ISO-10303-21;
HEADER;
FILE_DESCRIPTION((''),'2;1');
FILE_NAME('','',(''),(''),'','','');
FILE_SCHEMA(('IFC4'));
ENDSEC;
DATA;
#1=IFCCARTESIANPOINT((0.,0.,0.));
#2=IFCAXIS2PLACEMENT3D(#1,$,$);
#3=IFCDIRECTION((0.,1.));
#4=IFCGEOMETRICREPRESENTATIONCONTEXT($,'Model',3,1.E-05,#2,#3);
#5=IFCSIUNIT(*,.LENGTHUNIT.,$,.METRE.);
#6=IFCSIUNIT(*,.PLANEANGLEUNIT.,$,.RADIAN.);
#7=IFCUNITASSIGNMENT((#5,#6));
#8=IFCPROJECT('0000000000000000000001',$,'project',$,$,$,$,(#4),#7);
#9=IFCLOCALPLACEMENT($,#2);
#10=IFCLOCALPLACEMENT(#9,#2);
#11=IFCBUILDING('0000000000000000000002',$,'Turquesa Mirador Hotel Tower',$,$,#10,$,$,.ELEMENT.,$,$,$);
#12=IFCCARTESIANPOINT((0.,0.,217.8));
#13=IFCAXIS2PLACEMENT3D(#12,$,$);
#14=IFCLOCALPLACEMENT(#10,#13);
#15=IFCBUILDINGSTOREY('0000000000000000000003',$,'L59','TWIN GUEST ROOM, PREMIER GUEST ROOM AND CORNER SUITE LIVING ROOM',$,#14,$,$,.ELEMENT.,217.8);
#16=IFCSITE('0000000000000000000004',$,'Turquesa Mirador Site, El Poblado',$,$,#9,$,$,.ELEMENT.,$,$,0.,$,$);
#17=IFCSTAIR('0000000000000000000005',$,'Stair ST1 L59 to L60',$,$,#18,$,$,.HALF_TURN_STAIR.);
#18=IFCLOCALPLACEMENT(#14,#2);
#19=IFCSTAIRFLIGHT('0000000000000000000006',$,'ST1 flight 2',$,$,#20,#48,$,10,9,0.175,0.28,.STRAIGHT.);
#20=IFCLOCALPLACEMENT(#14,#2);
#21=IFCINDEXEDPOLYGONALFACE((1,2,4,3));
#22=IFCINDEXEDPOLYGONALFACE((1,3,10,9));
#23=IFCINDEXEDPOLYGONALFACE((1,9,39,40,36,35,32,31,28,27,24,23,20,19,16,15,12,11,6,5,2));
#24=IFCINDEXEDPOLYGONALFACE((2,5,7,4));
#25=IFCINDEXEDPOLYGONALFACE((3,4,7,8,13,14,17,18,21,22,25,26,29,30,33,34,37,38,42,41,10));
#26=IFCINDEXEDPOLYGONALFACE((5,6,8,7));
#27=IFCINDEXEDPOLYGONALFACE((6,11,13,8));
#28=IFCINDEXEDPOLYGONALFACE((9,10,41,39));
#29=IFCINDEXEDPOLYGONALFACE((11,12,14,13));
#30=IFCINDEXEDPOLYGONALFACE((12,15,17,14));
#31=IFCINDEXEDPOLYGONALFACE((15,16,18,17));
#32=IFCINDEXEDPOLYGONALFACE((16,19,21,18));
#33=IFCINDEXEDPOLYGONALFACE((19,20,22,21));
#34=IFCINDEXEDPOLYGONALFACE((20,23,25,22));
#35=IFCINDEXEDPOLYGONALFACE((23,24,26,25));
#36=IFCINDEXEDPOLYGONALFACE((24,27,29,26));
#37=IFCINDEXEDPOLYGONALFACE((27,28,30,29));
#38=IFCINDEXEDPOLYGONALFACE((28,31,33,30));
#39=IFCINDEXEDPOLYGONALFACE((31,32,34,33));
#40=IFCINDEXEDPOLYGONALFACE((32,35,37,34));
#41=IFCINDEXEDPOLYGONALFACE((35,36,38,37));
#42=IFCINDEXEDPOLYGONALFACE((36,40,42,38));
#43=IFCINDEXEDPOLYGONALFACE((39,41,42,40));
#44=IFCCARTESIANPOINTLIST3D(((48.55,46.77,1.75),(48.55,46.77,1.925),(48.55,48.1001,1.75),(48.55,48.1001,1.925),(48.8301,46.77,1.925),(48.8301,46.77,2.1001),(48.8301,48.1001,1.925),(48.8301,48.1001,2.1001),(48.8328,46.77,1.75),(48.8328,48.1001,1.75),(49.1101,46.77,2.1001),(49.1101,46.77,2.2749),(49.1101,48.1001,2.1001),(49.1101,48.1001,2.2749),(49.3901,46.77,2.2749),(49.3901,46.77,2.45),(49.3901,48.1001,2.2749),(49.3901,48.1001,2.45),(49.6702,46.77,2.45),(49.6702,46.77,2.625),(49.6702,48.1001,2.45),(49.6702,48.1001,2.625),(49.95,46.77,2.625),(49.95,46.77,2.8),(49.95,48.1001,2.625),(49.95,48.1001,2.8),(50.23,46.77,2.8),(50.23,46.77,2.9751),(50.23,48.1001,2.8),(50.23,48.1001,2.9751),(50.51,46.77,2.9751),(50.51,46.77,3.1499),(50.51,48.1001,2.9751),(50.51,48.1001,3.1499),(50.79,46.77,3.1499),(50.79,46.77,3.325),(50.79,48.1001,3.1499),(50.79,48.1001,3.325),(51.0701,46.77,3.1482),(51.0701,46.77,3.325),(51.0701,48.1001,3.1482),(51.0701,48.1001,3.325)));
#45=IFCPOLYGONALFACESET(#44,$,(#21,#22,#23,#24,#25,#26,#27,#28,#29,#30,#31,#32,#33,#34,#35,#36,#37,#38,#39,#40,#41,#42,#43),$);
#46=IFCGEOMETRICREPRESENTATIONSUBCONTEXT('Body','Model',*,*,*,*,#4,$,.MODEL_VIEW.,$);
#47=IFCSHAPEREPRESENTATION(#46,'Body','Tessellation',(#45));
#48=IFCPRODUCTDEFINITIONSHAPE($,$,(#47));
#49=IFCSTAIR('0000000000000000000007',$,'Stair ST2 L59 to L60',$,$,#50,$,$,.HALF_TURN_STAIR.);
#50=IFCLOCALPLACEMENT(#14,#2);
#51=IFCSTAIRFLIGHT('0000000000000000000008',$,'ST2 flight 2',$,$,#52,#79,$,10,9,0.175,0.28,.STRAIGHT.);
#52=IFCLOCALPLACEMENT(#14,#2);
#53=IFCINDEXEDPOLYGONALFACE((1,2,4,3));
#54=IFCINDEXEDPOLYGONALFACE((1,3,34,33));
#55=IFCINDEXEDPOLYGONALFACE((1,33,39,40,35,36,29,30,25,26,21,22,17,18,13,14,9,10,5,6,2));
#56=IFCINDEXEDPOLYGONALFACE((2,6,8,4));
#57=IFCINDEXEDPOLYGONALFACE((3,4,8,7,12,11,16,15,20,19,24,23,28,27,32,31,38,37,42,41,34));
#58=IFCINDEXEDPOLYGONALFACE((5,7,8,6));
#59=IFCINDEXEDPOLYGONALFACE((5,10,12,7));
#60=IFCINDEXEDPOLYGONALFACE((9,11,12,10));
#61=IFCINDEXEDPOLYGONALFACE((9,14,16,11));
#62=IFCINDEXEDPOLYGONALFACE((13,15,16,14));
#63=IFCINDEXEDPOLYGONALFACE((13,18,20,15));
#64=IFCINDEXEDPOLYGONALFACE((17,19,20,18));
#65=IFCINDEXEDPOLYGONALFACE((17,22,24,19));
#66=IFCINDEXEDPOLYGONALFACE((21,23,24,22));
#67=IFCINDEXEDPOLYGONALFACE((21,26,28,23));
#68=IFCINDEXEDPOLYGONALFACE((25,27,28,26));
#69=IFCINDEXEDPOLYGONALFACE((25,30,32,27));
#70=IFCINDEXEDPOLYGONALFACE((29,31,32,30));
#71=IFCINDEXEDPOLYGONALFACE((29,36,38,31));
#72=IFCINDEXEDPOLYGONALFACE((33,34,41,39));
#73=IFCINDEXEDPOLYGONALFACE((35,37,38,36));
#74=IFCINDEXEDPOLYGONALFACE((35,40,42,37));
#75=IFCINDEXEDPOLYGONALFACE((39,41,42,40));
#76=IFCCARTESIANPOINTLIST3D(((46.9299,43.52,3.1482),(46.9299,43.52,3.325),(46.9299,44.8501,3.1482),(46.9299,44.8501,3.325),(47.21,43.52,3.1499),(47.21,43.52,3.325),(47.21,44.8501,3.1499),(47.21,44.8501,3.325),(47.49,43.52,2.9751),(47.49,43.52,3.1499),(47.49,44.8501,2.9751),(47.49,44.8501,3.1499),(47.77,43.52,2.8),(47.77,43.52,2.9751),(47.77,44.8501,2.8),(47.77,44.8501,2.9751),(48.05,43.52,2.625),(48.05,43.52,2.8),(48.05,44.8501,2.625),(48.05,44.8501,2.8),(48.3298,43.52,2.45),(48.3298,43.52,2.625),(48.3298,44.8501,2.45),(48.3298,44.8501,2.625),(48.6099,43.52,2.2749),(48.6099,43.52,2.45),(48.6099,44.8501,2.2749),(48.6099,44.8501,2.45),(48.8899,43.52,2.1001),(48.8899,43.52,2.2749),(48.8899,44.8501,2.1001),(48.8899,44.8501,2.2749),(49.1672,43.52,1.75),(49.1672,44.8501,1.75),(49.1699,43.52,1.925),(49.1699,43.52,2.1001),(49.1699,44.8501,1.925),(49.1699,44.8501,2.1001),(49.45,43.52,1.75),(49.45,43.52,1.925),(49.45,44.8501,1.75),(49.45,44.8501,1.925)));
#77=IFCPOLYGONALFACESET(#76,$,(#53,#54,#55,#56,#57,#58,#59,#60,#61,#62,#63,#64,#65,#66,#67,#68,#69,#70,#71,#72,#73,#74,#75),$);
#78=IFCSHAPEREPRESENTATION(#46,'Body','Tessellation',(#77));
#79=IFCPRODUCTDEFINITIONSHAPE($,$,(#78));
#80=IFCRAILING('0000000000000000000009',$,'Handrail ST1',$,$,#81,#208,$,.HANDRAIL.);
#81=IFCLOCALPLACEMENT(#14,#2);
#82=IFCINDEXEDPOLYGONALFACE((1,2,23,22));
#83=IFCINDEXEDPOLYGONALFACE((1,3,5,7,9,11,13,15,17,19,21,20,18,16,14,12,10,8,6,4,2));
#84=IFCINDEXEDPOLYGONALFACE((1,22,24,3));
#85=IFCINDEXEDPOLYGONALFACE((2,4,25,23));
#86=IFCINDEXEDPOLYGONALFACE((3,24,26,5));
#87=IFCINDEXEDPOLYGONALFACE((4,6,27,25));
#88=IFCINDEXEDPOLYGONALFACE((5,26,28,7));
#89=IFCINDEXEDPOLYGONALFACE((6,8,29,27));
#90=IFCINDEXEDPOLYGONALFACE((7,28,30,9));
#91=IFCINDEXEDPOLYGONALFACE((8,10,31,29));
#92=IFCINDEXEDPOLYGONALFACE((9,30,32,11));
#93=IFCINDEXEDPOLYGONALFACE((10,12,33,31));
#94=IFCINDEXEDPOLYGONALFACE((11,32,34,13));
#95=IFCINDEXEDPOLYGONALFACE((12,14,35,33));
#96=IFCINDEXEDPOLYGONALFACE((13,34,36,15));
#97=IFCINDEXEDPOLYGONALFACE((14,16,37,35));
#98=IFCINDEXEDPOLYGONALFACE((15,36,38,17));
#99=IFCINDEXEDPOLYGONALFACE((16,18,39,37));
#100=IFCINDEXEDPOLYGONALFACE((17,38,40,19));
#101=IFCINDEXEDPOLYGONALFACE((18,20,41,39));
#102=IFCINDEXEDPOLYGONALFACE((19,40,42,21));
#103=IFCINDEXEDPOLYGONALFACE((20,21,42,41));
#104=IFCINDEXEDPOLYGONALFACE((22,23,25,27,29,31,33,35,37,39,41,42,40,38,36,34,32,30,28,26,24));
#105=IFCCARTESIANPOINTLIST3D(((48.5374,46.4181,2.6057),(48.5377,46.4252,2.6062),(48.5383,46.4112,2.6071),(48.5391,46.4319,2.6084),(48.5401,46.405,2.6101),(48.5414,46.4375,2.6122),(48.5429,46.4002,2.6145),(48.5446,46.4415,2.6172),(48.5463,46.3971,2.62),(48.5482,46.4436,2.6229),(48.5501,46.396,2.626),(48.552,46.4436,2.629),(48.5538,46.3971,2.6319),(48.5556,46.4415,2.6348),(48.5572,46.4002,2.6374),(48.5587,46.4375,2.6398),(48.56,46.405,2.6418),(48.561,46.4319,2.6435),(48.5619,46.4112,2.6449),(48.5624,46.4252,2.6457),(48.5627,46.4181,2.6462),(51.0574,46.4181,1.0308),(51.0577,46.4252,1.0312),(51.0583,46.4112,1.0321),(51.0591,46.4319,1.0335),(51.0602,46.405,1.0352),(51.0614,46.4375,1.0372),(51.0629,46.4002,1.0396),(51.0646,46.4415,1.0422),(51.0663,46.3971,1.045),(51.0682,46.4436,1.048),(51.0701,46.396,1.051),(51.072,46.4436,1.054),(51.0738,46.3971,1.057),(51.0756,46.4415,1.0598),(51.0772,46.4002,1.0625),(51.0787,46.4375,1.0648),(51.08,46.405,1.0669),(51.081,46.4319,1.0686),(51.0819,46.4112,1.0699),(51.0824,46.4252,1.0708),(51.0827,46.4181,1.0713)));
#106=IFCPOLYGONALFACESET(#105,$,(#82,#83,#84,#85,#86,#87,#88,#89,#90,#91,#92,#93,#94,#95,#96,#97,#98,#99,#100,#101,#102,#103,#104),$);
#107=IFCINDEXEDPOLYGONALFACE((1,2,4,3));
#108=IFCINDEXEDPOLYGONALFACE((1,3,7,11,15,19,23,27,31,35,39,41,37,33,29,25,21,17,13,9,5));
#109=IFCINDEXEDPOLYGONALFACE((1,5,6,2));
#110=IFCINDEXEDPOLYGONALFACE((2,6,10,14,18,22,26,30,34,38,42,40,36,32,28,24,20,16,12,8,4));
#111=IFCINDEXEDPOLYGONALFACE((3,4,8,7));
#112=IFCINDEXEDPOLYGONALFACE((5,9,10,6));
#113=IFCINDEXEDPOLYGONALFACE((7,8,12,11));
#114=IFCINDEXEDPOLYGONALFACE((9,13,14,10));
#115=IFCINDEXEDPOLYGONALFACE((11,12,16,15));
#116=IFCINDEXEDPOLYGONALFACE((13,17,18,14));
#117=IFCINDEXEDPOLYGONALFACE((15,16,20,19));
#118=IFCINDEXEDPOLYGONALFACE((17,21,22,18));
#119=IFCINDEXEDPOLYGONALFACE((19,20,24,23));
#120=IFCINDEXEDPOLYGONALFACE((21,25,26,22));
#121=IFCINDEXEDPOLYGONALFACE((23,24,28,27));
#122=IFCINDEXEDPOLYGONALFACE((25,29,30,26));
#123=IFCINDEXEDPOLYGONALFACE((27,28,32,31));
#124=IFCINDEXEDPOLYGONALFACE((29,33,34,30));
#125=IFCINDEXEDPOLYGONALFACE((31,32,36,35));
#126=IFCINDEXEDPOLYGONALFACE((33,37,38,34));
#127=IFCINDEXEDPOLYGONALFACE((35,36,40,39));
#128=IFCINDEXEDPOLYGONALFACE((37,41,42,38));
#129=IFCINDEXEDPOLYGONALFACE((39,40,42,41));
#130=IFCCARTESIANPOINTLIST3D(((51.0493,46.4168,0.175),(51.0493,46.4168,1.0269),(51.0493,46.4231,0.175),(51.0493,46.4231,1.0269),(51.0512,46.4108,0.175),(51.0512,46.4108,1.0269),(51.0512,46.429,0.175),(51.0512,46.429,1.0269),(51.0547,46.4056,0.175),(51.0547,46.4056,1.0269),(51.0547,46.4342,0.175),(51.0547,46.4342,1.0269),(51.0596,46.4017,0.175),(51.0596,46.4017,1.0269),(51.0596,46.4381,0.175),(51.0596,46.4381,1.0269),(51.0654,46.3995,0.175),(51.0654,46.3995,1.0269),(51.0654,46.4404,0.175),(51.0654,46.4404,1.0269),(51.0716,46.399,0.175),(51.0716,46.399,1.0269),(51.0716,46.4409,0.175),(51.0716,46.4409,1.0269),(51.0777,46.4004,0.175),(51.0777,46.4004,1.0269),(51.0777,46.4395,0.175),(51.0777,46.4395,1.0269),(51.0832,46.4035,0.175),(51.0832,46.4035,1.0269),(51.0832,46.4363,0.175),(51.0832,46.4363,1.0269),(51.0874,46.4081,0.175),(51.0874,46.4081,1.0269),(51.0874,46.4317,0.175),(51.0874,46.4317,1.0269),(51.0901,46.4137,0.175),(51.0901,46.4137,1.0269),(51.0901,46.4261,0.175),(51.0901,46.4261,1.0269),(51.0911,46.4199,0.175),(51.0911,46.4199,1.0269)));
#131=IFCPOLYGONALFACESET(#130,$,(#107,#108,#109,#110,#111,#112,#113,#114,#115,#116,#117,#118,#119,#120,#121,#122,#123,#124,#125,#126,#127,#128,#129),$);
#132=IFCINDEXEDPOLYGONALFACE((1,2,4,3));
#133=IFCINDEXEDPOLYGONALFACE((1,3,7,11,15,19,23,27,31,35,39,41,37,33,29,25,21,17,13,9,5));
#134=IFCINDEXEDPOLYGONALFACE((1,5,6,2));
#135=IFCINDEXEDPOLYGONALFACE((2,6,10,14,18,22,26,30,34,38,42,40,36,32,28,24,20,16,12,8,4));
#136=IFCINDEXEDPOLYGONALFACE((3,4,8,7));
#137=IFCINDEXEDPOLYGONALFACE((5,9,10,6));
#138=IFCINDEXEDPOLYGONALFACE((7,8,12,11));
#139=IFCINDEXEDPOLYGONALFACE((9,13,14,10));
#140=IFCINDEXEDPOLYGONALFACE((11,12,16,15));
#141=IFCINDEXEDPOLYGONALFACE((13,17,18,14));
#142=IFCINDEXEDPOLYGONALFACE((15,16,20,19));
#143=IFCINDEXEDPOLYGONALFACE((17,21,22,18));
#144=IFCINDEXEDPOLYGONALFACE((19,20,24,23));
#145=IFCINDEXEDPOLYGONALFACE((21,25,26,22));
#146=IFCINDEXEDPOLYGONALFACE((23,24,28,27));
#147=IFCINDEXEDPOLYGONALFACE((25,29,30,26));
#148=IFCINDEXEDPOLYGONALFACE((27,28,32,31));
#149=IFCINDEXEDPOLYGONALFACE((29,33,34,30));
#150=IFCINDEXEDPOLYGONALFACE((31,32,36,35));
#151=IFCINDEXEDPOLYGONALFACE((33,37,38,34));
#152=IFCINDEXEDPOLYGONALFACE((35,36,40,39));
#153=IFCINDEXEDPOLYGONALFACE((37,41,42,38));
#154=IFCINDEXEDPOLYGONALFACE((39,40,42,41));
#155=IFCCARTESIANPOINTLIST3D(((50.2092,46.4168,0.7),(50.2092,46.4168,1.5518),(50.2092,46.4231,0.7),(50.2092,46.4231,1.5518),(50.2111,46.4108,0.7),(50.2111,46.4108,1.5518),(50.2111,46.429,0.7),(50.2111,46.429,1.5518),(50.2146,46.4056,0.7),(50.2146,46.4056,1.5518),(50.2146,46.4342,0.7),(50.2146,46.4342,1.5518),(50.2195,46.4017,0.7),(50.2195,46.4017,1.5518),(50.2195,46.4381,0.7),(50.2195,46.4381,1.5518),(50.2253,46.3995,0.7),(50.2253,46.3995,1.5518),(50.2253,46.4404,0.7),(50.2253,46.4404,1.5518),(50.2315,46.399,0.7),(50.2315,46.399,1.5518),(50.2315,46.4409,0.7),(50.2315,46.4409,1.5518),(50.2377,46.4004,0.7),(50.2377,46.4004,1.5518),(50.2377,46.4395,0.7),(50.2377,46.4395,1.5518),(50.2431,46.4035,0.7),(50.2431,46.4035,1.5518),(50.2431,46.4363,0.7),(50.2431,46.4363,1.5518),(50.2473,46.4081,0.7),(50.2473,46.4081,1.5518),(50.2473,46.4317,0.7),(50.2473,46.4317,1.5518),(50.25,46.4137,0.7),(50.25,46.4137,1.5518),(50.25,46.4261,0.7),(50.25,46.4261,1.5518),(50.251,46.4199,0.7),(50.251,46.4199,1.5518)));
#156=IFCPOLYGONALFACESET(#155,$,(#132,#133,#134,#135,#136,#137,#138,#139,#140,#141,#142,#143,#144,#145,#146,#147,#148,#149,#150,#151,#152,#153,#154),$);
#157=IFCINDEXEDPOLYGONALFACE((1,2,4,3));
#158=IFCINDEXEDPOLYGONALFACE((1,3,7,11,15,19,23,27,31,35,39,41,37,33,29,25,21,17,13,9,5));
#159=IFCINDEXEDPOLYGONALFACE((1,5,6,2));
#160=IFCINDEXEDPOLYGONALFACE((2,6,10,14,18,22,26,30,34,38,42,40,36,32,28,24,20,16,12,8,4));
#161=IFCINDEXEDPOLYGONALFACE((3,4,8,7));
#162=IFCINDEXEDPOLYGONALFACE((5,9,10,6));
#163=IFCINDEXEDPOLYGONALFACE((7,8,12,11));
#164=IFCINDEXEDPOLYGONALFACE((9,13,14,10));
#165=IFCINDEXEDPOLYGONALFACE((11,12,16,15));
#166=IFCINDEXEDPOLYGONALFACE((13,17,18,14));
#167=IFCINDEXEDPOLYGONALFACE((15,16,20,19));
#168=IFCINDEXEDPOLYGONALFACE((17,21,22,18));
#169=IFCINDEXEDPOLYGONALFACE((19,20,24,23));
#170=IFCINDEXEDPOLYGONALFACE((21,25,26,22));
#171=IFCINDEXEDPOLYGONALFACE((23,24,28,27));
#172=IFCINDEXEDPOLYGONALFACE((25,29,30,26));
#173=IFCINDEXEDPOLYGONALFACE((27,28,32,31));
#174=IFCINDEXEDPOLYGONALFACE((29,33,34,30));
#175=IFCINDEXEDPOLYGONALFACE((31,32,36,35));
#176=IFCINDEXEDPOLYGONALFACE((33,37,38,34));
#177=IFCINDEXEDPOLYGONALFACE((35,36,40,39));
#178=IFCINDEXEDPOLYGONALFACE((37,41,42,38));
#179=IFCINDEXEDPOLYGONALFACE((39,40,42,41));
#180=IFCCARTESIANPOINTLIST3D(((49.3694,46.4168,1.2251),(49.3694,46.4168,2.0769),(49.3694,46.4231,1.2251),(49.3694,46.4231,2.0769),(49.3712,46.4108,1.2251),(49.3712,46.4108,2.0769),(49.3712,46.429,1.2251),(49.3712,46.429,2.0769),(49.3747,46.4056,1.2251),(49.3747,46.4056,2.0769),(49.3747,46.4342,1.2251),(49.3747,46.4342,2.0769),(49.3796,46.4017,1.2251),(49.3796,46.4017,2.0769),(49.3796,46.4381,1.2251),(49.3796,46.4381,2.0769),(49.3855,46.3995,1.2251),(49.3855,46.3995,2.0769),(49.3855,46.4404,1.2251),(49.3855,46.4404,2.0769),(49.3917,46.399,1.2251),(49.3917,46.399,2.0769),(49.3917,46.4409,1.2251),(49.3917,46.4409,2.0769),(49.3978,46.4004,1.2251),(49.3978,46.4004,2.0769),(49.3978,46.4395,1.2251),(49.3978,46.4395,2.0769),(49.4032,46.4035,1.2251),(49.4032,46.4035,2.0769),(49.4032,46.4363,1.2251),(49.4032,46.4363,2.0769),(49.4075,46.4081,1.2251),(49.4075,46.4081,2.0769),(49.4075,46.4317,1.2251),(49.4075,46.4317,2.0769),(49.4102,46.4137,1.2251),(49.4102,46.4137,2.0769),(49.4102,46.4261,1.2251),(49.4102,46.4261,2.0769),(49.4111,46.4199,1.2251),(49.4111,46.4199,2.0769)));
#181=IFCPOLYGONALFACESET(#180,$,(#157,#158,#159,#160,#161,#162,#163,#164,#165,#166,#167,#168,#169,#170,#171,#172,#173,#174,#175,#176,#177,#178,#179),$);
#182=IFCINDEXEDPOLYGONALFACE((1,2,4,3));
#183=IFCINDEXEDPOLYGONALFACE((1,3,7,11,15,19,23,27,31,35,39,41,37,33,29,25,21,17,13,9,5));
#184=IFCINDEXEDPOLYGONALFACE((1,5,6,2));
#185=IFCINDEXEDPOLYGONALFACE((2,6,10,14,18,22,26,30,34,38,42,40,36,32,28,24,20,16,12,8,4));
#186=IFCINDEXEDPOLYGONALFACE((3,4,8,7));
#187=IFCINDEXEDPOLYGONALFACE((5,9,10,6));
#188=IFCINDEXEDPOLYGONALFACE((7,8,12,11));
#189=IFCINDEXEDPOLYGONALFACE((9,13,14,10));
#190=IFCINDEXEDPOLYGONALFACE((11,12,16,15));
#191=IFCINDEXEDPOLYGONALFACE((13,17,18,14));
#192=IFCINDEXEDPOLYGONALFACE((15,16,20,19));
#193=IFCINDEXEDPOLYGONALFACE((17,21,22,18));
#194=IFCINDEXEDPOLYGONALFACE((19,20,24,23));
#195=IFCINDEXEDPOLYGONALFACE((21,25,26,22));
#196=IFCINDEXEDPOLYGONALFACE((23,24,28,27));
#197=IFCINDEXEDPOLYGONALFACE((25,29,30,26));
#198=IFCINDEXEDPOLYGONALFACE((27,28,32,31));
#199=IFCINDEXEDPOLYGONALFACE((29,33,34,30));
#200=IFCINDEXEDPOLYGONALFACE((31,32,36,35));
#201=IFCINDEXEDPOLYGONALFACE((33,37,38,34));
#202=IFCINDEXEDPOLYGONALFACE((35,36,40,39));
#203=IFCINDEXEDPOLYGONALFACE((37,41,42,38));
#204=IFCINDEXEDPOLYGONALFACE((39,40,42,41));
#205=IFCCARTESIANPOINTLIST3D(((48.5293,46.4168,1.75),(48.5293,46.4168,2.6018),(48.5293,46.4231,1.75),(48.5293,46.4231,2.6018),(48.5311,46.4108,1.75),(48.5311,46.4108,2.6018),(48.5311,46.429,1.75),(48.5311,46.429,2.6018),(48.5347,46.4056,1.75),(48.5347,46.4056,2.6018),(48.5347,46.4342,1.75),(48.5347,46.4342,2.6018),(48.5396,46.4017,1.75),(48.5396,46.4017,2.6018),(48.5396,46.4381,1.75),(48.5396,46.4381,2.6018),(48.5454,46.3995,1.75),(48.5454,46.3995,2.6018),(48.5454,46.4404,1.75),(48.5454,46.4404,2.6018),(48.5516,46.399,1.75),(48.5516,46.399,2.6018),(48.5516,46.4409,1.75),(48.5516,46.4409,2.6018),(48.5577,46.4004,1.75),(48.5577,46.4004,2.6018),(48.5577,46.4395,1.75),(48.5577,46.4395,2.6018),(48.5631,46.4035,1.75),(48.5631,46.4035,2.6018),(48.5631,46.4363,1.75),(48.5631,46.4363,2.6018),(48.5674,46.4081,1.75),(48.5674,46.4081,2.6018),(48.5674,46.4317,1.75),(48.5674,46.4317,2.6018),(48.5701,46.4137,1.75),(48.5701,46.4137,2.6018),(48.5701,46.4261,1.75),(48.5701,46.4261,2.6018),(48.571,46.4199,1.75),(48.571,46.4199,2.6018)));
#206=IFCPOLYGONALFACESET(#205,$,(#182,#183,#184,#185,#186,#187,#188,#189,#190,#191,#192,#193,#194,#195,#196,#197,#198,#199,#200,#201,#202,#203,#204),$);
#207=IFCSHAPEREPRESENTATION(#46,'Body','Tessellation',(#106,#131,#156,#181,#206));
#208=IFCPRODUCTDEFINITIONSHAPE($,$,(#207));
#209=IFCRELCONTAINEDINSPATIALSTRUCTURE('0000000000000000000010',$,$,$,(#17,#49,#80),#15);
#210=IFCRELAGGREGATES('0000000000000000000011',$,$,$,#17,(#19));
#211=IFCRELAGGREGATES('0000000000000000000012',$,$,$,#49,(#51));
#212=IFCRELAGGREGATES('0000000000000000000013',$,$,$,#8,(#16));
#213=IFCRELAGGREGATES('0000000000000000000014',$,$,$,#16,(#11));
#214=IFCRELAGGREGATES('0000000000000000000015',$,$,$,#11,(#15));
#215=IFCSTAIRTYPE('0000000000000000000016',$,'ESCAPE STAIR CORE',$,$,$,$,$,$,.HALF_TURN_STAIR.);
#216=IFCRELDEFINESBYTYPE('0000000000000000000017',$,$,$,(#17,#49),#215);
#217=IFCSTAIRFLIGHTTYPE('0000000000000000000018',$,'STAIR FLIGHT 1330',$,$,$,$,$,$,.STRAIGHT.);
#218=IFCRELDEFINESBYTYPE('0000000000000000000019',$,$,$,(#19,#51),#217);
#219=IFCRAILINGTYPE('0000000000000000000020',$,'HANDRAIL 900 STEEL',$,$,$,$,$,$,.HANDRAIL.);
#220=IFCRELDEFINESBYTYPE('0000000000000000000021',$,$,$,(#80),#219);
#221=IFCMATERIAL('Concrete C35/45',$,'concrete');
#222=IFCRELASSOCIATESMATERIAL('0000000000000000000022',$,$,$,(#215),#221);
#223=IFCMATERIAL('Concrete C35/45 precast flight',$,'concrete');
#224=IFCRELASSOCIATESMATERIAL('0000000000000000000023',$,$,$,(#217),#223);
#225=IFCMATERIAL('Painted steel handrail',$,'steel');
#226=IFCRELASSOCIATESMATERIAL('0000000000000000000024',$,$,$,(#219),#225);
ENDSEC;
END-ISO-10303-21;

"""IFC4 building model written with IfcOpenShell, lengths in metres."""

from ifc_helpers import new_model, si_unit, direction, frame, origin, origin_2d, place, context, subcontext, project, spatial, polyline, circle, outline, extrude, material, type_object, element, aggregate, save


model = new_model("IFC4")

# Units and contexts
model_context = context("Model", 3, precision=1e-05, world=origin(), true_north=direction((0.0, 1.0)))
body_context = subcontext(model_context, "Body", "Model", "MODEL_VIEW")
ifc_project = project(units=[si_unit("LENGTHUNIT", "METRE"), si_unit("PLANEANGLEUNIT", "RADIAN")], contexts=[model_context])

# Site, building, storey
site_placement = place(None, origin())
site = spatial("IfcSite", under=ifc_project, at=site_placement, Name="Turquesa Mirador Site, El Poblado", CompositionType="ELEMENT", RefElevation=0.0)
building_placement = place(site_placement, origin())
building = spatial("IfcBuilding", under=site, at=building_placement, Name="Turquesa Mirador Hotel Tower", CompositionType="ELEMENT")
storey_placement = place(building_placement, frame((0.0, 0.0, 217.8)))
storey = spatial("IfcBuildingStorey", under=building, at=storey_placement, Name="L59", Description="TWIN GUEST ROOM, PREMIER GUEST ROOM AND CORNER SUITE LIVING ROOM", CompositionType="ELEMENT", Elevation=217.8)

# Stair, stair flight
ifc_material_1 = material(Name="Concrete C35/45", Category="concrete")
stair_type = type_object("IfcStairType", Name="ESCAPE STAIR CORE", PredefinedType="HALF_TURN_STAIR", material=ifc_material_1)
stair_1_placement = place(storey_placement, origin())
stair_1 = element("IfcStair", 1, at=stair_1_placement, inside=storey, type_object=stair_type, Name="Stair ST1 L59 to L60", PredefinedType="HALF_TURN_STAIR")
ifc_material_2 = material(Name="Concrete C35/45 precast flight", Category="concrete")
stair_flight_type = type_object("IfcStairFlightType", Name="STAIR FLIGHT 1330", PredefinedType="STRAIGHT", material=ifc_material_2)
stair_flight_1_placement = place(storey_placement, frame((48.55, 47.4351, 1.75), z_axis=(0.0, 0.0, 1.0), x_axis=(1.0, 0.0, 0.0)))
stair_flight_1 = element("IfcStairFlight", 2, at=stair_flight_1_placement, type_object=stair_flight_type, Name="ST1 flight 2", NumberOfRisers=10, NumberOfTreads=9, PredefinedType="STRAIGHT", RiserHeight=0.175, TreadLength=0.28, context=body_context, shape_type="SweptSolid", body=[
    extrude(outline(polyline([(0.0, 0.0), (0.0, 0.175), (0.28, 0.175), (0.28, 0.3501), (0.5601, 0.3501), (0.5601, 0.5249), (0.8401, 0.5249), (0.8401, 0.7), (1.1201, 0.7), (1.1201, 0.875), (1.3999, 0.875), (1.3999, 1.05), (1.6799, 1.05), (1.6799, 1.2251), (1.96, 1.2251), (1.96, 1.3999), (2.24, 1.3999), (2.24, 1.575), (2.52, 1.575), (2.52, 1.75), (2.52, 1.3982), (0.2827, 0.0), (0.0, 0.0)])), frame((0.0, 0.665, 0.0), z_axis=(0.0, -1.0, 0.0), x_axis=(1.0, 0.0, 0.0)), (0.0, 0.0, 1.0), 1.3301),
])
aggregate(stair_1, [stair_flight_1])

# Stair, stair flight
stair_2_placement = place(storey_placement, origin())
stair_2 = element("IfcStair", 3, at=stair_2_placement, inside=storey, type_object=stair_type, Name="Stair ST2 L59 to L60", PredefinedType="HALF_TURN_STAIR")
stair_flight_2_placement = place(storey_placement, frame((49.45, 44.1851, 1.75), z_axis=(0.0, 0.0, 1.0), x_axis=(-1.0, 0.0, 0.0)))
stair_flight_2 = element("IfcStairFlight", 4, at=stair_flight_2_placement, type_object=stair_flight_type, Name="ST2 flight 2", NumberOfRisers=10, NumberOfTreads=9, PredefinedType="STRAIGHT", RiserHeight=0.175, TreadLength=0.28, context=body_context, shape_type="SweptSolid", body=[
    extrude(outline(polyline([(0.0, 0.0), (0.0, 0.175), (0.28, 0.175), (0.28, 0.3501), (0.5601, 0.3501), (0.5601, 0.5249), (0.8401, 0.5249), (0.8401, 0.7), (1.1201, 0.7), (1.1201, 0.875), (1.3999, 0.875), (1.3999, 1.05), (1.6799, 1.05), (1.6799, 1.2251), (1.96, 1.2251), (1.96, 1.3999), (2.24, 1.3999), (2.24, 1.575), (2.52, 1.575), (2.52, 1.75), (2.52, 1.3982), (0.2827, 0.0), (0.0, 0.0)])), frame((0.0, 0.665, 0.0), z_axis=(0.0, -1.0, 0.0), x_axis=(1.0, 0.0, 0.0)), (0.0, 0.0, 1.0), 1.3301),
])
aggregate(stair_2, [stair_flight_2])

# Railing
ifc_material_3 = material(Name="Painted steel handrail", Category="steel")
railing_type = type_object("IfcRailingType", Name="HANDRAIL 900 STEEL", PredefinedType="HANDRAIL", material=ifc_material_3)
railing_1_placement = place(storey_placement, frame((51.0701, 46.4199, 0.175)))
element("IfcRailing", 5, at=railing_1_placement, inside=storey, type_object=railing_type, Name="Handrail ST1", PredefinedType="HANDRAIL", context=body_context, shape_type="SweptSolid", body=[
    extrude(circle(Radius=0.0239, at=origin_2d()), frame((0.0, 0.0, 0.876), z_axis=(-0.848008, 0.0, 0.529984), x_axis=(0.0, -1.0, 0.0)), (0.0, 0.0, 1.0), 2.9717),
    extrude(circle(Radius=0.021, at=origin_2d()), origin(), (0.0, 0.0, 1.0), 0.8518),
    extrude(circle(Radius=0.021, at=origin_2d()), frame((-0.8401, 0.0, 0.5249)), (0.0, 0.0, 1.0), 0.8518),
    extrude(circle(Radius=0.021, at=origin_2d()), frame((-1.6799, 0.0, 1.05)), (0.0, 0.0, 1.0), 0.8518),
    extrude(circle(Radius=0.021, at=origin_2d()), frame((-2.52, 0.0, 1.575)), (0.0, 0.0, 1.0), 0.8518),
])

save(model, "model.ifc")
